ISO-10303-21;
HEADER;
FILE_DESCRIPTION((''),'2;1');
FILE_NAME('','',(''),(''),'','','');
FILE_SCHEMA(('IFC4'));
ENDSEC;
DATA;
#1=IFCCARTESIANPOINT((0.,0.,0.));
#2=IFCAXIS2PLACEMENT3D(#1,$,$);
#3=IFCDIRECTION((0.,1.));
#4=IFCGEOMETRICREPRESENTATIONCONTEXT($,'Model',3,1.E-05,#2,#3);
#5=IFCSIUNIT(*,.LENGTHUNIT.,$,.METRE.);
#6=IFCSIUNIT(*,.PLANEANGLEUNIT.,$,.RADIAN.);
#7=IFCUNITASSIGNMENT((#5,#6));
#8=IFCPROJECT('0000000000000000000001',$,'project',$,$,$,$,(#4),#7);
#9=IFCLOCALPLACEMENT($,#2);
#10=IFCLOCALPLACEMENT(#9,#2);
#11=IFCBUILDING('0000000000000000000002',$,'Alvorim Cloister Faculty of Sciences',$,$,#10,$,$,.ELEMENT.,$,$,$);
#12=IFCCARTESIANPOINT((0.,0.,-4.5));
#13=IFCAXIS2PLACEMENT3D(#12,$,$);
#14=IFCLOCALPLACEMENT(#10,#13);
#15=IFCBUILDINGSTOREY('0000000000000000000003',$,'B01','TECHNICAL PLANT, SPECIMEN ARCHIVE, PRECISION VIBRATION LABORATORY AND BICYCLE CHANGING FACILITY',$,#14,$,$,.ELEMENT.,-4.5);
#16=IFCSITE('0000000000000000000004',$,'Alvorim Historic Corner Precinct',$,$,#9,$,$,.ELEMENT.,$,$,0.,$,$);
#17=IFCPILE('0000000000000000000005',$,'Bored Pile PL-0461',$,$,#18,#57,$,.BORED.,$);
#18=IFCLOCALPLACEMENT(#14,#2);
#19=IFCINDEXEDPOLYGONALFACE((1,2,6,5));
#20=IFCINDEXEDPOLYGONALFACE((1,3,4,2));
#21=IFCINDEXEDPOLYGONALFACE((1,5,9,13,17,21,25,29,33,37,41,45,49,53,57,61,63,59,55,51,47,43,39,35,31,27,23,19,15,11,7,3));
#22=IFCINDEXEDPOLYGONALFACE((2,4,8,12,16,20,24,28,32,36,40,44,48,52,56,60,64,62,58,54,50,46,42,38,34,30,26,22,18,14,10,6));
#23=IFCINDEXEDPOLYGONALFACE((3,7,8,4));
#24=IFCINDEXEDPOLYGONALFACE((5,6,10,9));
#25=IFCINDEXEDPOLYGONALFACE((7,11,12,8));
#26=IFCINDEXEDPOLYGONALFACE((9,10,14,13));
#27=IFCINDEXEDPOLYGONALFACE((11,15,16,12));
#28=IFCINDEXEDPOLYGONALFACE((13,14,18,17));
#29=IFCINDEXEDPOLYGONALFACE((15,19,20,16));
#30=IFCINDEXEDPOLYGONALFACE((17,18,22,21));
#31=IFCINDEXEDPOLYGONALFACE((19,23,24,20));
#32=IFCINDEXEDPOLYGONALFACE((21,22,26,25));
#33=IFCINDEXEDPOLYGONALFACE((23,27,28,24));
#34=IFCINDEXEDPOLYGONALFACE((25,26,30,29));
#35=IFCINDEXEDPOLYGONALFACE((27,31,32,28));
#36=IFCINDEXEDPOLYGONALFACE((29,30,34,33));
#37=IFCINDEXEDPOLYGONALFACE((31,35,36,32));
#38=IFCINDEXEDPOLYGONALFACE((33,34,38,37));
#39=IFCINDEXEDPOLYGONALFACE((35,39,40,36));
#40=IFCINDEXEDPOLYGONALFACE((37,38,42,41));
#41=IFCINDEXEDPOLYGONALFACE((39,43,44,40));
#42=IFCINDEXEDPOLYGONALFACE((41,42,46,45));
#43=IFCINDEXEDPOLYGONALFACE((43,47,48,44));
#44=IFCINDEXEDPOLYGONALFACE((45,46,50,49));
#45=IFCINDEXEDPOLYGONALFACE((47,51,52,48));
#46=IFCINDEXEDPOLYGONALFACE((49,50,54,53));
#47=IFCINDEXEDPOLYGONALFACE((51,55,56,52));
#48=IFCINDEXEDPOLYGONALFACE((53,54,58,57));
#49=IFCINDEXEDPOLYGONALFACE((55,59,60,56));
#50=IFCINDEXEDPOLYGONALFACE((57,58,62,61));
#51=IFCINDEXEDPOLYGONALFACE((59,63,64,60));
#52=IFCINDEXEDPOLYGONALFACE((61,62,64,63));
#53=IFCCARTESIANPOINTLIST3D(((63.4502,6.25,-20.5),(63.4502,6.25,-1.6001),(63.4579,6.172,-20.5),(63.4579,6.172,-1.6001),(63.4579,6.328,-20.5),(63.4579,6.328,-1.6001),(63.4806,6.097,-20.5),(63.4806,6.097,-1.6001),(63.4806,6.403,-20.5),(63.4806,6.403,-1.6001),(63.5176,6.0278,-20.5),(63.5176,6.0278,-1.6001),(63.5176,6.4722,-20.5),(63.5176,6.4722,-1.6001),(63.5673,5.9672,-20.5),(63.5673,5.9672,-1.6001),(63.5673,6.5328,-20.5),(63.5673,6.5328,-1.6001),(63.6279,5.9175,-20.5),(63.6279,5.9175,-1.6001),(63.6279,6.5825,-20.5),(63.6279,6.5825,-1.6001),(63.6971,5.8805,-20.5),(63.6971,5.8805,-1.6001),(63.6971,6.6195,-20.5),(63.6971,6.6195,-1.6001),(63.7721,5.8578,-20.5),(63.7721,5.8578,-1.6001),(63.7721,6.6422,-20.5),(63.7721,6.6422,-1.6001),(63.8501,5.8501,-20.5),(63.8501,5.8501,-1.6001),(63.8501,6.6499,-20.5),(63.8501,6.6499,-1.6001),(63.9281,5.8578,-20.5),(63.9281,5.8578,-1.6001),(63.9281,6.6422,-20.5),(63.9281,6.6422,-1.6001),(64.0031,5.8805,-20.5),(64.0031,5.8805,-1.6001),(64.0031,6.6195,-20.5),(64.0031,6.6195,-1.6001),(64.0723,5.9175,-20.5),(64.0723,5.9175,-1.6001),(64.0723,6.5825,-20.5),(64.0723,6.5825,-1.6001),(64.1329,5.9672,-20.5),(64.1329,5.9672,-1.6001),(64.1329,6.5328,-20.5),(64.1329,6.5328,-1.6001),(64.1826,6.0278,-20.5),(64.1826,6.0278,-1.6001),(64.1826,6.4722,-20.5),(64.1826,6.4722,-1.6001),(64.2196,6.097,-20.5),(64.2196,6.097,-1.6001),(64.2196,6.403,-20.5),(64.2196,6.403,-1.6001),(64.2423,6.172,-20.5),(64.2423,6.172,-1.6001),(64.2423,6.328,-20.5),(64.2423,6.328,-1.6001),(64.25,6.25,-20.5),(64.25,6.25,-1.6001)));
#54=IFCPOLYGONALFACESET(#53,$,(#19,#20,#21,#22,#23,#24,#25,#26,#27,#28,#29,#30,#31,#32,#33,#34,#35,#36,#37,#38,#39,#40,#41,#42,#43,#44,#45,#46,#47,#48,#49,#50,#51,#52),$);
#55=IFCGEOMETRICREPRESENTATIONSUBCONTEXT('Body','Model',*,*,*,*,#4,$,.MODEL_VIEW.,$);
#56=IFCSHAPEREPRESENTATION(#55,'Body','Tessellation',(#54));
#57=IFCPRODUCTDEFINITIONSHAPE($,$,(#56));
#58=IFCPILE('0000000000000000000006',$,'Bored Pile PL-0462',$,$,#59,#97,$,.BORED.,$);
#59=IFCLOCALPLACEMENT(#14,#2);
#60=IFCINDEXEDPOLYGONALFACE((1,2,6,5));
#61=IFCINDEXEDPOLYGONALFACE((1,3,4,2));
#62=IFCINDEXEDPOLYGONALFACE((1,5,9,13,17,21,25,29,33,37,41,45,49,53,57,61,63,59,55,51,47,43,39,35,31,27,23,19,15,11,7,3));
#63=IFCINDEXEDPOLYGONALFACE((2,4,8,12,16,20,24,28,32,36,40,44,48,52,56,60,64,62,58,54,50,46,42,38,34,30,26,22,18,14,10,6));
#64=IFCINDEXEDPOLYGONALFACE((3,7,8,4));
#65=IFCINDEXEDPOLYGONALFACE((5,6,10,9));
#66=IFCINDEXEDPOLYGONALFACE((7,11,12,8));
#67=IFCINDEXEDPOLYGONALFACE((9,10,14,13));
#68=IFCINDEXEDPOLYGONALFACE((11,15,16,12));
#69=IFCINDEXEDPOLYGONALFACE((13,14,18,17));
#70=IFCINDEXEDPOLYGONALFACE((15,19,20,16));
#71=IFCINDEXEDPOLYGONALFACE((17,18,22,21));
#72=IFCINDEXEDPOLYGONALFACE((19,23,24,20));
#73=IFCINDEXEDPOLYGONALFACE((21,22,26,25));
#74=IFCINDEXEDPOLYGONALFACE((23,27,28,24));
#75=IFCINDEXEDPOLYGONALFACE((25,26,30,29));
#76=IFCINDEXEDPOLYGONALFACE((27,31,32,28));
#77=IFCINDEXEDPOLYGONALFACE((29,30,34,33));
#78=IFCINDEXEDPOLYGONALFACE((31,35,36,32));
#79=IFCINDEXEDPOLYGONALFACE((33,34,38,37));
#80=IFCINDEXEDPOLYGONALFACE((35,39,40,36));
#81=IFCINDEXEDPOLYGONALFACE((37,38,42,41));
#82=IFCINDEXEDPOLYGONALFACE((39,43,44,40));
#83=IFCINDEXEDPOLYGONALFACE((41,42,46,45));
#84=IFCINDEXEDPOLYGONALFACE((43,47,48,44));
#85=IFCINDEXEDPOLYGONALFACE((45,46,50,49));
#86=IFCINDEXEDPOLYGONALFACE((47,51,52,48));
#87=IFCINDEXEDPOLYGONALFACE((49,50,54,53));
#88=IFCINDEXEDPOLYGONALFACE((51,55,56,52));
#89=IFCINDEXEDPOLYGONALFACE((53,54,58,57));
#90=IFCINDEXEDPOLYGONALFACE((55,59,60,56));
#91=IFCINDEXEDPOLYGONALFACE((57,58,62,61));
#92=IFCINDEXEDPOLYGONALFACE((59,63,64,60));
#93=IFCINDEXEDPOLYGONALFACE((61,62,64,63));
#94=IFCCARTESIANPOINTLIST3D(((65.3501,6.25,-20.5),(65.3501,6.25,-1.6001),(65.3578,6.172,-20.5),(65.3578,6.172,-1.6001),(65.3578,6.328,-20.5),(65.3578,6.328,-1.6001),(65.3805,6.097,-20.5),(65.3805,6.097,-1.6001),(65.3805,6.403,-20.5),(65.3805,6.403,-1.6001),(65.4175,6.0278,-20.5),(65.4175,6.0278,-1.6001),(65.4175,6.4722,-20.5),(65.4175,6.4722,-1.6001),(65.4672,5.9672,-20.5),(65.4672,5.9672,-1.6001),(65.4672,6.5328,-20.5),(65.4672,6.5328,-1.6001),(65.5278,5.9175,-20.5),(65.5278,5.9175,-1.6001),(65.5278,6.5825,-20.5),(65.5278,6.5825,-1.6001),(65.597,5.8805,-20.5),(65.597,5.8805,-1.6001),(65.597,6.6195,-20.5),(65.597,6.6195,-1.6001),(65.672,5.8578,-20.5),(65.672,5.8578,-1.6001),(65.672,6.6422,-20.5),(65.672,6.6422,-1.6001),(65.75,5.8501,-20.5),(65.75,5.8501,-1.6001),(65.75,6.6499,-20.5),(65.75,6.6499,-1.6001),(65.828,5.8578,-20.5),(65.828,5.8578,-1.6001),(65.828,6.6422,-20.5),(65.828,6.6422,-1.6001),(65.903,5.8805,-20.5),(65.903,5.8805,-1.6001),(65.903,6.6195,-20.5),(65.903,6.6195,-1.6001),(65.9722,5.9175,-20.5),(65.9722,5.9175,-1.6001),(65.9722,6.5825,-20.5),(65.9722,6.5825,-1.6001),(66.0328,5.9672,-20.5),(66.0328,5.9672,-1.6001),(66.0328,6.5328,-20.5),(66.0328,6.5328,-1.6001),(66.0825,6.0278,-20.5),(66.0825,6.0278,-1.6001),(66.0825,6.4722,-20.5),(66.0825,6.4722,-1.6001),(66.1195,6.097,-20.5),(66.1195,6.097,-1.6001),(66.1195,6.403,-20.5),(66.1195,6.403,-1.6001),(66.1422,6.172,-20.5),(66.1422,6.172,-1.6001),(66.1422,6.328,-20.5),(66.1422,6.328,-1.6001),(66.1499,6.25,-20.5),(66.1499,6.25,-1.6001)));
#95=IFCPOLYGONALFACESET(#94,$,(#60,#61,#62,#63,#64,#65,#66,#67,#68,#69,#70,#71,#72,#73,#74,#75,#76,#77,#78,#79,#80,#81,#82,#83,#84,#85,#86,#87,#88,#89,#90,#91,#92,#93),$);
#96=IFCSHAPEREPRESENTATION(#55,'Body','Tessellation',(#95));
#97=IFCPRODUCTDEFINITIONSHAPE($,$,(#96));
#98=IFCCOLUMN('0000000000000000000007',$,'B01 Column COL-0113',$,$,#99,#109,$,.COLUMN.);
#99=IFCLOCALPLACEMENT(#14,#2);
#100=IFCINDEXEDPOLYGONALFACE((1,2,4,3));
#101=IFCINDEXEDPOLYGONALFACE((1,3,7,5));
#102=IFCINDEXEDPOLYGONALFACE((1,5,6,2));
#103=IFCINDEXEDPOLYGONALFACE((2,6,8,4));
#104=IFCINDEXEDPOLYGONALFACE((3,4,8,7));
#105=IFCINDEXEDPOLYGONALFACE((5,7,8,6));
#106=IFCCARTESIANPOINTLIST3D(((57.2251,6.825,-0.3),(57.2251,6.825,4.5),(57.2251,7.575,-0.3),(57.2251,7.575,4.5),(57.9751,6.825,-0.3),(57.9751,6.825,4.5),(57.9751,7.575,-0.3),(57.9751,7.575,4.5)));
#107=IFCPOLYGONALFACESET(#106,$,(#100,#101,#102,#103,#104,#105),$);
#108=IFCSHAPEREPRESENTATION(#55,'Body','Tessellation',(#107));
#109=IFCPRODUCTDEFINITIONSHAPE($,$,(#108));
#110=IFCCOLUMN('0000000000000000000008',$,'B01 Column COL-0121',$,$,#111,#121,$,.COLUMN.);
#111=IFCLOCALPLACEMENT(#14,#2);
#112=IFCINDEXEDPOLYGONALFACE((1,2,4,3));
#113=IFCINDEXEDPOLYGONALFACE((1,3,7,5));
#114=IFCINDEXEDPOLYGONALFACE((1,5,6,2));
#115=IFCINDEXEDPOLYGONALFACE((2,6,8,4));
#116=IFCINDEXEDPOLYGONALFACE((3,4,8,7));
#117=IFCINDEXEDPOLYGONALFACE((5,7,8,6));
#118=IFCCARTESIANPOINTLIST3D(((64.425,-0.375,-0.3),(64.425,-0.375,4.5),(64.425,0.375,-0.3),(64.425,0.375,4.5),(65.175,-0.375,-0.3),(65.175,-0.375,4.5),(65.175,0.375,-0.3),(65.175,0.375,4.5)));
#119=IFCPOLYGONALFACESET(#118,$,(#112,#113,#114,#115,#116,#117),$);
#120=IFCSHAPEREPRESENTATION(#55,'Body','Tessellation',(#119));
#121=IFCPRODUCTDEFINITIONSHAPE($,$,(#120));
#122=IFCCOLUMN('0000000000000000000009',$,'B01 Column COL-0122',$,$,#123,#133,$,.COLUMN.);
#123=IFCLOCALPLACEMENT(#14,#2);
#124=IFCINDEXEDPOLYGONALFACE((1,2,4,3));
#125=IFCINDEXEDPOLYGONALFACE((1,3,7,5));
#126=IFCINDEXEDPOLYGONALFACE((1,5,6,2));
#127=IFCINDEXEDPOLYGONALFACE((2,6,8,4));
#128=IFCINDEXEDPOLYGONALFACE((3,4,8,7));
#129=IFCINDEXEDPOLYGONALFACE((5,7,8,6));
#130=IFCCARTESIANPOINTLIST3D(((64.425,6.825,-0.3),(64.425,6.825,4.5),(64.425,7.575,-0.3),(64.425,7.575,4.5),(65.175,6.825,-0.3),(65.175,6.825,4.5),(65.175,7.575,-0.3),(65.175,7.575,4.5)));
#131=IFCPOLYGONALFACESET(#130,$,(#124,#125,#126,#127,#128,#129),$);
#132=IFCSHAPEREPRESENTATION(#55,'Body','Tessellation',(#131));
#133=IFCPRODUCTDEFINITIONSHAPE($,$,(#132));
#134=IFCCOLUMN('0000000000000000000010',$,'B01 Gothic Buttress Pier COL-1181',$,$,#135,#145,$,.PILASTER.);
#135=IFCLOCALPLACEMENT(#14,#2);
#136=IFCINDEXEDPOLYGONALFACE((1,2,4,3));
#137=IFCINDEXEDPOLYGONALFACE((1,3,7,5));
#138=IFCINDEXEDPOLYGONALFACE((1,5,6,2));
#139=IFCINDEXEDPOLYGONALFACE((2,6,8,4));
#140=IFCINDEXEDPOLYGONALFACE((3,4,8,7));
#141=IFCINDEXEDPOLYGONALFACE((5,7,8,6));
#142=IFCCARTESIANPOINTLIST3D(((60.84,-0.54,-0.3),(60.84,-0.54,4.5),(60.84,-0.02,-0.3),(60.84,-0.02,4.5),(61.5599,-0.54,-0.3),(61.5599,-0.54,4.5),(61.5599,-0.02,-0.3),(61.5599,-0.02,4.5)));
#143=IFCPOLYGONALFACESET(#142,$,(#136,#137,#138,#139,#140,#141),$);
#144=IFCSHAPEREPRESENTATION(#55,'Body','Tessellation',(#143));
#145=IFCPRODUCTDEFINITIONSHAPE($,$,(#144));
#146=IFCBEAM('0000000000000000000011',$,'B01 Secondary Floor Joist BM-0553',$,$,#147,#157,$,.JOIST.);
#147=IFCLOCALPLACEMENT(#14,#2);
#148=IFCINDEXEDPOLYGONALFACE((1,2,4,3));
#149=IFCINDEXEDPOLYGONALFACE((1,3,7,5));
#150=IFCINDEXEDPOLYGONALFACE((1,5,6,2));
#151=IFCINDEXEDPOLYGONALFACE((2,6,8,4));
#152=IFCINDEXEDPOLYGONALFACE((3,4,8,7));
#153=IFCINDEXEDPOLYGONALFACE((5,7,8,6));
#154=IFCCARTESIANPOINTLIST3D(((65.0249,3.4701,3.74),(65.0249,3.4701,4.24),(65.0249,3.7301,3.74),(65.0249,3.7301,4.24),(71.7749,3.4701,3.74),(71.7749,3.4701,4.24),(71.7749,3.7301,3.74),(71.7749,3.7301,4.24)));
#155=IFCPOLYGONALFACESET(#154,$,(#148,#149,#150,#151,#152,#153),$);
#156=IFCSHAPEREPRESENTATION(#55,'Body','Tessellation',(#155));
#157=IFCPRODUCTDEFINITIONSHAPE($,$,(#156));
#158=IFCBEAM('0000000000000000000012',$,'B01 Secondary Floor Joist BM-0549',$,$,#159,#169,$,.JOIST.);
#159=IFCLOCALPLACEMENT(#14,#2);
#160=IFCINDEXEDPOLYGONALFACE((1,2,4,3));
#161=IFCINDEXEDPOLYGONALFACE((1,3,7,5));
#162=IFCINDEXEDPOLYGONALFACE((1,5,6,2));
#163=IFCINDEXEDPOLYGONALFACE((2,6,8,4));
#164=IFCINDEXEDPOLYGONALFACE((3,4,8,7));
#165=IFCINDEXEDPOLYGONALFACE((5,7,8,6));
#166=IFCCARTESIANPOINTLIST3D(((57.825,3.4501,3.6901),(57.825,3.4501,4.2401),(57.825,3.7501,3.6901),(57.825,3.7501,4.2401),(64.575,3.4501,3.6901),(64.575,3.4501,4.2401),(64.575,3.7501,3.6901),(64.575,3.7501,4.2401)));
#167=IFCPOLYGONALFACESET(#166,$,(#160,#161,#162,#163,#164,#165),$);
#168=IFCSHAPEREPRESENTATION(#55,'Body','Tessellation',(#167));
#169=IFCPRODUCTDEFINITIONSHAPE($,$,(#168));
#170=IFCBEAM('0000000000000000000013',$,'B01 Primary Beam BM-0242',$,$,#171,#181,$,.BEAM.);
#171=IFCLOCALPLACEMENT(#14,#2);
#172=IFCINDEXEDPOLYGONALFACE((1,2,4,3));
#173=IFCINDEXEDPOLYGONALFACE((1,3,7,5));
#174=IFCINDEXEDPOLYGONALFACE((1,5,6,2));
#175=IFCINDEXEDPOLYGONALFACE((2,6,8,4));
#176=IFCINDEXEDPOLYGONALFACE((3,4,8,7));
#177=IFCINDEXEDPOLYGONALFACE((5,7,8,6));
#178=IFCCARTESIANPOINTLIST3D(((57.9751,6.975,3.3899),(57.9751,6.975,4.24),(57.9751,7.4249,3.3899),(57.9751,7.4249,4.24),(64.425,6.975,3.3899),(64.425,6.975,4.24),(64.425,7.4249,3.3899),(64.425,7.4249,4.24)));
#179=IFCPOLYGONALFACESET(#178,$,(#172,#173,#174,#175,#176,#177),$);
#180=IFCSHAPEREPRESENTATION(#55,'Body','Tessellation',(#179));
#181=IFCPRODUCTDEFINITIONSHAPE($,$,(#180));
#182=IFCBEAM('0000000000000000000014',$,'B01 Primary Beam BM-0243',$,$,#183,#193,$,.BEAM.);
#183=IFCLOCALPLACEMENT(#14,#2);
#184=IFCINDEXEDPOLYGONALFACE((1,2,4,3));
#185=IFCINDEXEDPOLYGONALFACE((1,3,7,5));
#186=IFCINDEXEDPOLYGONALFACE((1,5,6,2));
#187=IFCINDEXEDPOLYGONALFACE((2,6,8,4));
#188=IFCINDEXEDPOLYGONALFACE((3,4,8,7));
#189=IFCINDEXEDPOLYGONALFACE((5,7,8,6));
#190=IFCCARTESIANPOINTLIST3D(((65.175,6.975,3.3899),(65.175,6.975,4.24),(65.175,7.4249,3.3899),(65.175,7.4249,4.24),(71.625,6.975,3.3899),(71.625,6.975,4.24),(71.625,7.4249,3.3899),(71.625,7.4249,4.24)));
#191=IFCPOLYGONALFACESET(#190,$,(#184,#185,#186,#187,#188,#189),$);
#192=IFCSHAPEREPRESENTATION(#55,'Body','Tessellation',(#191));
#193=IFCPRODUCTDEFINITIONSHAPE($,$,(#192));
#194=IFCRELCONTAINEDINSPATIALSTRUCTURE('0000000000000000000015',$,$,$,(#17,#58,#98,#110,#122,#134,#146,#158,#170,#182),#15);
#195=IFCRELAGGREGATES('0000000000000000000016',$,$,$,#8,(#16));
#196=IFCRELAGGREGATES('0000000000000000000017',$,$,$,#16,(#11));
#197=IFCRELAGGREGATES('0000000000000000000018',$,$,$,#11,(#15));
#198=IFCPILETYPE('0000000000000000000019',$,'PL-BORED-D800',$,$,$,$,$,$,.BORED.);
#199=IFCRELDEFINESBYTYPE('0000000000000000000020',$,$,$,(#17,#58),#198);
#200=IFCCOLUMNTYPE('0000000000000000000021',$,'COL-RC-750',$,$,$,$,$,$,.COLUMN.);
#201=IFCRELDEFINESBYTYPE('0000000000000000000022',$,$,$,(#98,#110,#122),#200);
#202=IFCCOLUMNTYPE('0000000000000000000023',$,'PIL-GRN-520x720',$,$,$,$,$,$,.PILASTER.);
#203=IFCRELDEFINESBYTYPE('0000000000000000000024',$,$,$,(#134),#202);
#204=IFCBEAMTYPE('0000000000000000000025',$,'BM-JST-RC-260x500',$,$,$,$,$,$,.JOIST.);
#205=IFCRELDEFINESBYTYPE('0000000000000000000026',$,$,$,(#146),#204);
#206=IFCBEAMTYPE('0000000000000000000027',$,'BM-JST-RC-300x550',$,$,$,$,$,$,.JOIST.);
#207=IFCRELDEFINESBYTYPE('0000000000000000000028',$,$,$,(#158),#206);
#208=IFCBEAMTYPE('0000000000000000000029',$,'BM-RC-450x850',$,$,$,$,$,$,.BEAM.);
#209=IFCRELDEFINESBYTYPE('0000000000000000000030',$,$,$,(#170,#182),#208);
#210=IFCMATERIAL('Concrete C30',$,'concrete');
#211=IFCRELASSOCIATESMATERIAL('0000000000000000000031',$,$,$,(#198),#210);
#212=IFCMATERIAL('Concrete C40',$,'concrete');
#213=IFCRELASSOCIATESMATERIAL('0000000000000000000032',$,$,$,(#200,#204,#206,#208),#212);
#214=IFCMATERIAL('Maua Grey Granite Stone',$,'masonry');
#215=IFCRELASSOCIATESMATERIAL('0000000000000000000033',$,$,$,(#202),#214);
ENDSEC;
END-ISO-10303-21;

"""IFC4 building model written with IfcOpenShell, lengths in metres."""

from ifc_helpers import new_model, si_unit, direction, frame, origin, origin_2d, place, context, subcontext, project, spatial, rectangle, circle, extrude, material, material_profile, profile_set, type_object, element, save


model = new_model("IFC4")

# Units and contexts
model_context = context("Model", 3, precision=1e-05, world=origin(), true_north=direction((0.0, 1.0)))
body_context = subcontext(model_context, "Body", "Model", "MODEL_VIEW")
ifc_project = project(units=[si_unit("LENGTHUNIT", "METRE"), si_unit("PLANEANGLEUNIT", "RADIAN")], contexts=[model_context])

# Site, building, storey
site_placement = place(None, origin())
site = spatial("IfcSite", under=ifc_project, at=site_placement, Name="Alvorim Historic Corner Precinct", CompositionType="ELEMENT", RefElevation=0.0)
building_placement = place(site_placement, origin())
building = spatial("IfcBuilding", under=site, at=building_placement, Name="Alvorim Cloister Faculty of Sciences", CompositionType="ELEMENT")
storey_placement = place(building_placement, frame((0.0, 0.0, -4.5)))
storey = spatial("IfcBuildingStorey", under=building, at=storey_placement, Name="B01", Description="TECHNICAL PLANT, SPECIMEN ARCHIVE, PRECISION VIBRATION LABORATORY AND BICYCLE CHANGING FACILITY", CompositionType="ELEMENT", Elevation=-4.5)

# Shared definitions
ifc_material_1 = material(Name="Concrete C40", Category="concrete")

# Piles
ifc_material_2 = material(Name="Concrete C30", Category="concrete")
ifc_material_profile_1 = material_profile(ifc_material_2, circle(Radius=0.3999, at=origin_2d()), Name="PILE-D800")
ifc_profile_set_1 = profile_set([ifc_material_profile_1], Name="Concrete C30")
pile_type_1 = type_object("IfcPileType", Name="PL-BORED-D800", PredefinedType="BORED", material=ifc_profile_set_1)
for number, where, z_axis, x_axis, name in (
    (1, (63.8501, 6.25, -1.6001), (0.0, 0.0, -1.0), (1.0, 0.0, 0.0), "Bored Pile PL-0461"),
    (2, (65.75, 6.25, -1.6001), (0.0, 0.0, -1.0), (1.0, 0.0, 0.0), "Bored Pile PL-0462"),
):
    element("IfcPile", number, at=place(storey_placement, frame(where, z_axis=z_axis, x_axis=x_axis)), inside=storey, type_object=pile_type_1, Name=name, PredefinedType="BORED", context=body_context, shape_type="SweptSolid", body=[
        extrude(circle(Radius=0.3999, at=origin_2d()), origin(), (0.0, 0.0, 1.0), 18.8999),
    ])

# Columns
ifc_material_profile_2 = material_profile(ifc_material_1, rectangle(XDim=0.75, YDim=0.75, at=origin_2d()), Name="RC40-COL-750x750")
ifc_profile_set_2 = profile_set([ifc_material_profile_2], Name="Concrete C40")
column_type_1 = type_object("IfcColumnType", Name="COL-RC-750", PredefinedType="COLUMN", material=ifc_profile_set_2)
for number, where, z_axis, x_axis, name in (
    (3, (57.6001, 7.2, -0.3), (0.0, 0.0, 1.0), (1.0, 0.0, 0.0), "B01 Column COL-0113"),
    (4, (64.8, 0.0, -0.3), (0.0, 0.0, 1.0), (1.0, 0.0, 0.0), "B01 Column COL-0121"),
    (5, (64.8, 7.2, -0.3), (0.0, 0.0, 1.0), (1.0, 0.0, 0.0), "B01 Column COL-0122"),
):
    element("IfcColumn", number, at=place(storey_placement, frame(where, z_axis=z_axis, x_axis=x_axis)), inside=storey, type_object=column_type_1, Name=name, PredefinedType="COLUMN", context=body_context, shape_type="SweptSolid", body=[
        extrude(rectangle(XDim=0.75, YDim=0.75, at=origin_2d()), origin(), (0.0, 0.0, 1.0), 4.8),
    ])
ifc_material_3 = material(Name="Maua Grey Granite Stone", Category="masonry")
ifc_material_profile_3 = material_profile(ifc_material_3, rectangle(XDim=0.52, YDim=0.72, at=origin_2d()), Name="GRN-PIER-520x720")
ifc_profile_set_3 = profile_set([ifc_material_profile_3], Name="Maua Grey Granite Stone")
column_type_2 = type_object("IfcColumnType", Name="PIL-GRN-520x720", PredefinedType="PILASTER", material=ifc_profile_set_3)
column_placement = place(storey_placement, frame((61.2, -0.28, -0.3), z_axis=(0.0, 0.0, 1.0), x_axis=(0.0, 1.0, 0.0)))
element("IfcColumn", 6, at=column_placement, inside=storey, type_object=column_type_2, Name="B01 Gothic Buttress Pier COL-1181", PredefinedType="PILASTER", context=body_context, shape_type="SweptSolid", body=[
    extrude(rectangle(XDim=0.52, YDim=0.72, at=origin_2d()), origin(), (0.0, 0.0, 1.0), 4.8),
])

# Beams
ifc_material_profile_4 = material_profile(ifc_material_1, rectangle(XDim=0.26, YDim=0.5, at=origin_2d()), Name="RC40-JST-260x500")
ifc_profile_set_4 = profile_set([ifc_material_profile_4], Name="Concrete C40")
beam_type_1 = type_object("IfcBeamType", Name="BM-JST-RC-260x500", PredefinedType="JOIST", material=ifc_profile_set_4)
beam_1_placement = place(storey_placement, frame((65.0249, 3.6001, 3.99), z_axis=(1.0, 0.0, 0.0), x_axis=(0.0, 1.0, 0.0)))
element("IfcBeam", 7, at=beam_1_placement, inside=storey, type_object=beam_type_1, Name="B01 Secondary Floor Joist BM-0553", PredefinedType="JOIST", context=body_context, shape_type="SweptSolid", body=[
    extrude(rectangle(XDim=0.26, YDim=0.5, at=origin_2d()), origin(), (0.0, 0.0, 1.0), 6.75),
])
ifc_material_profile_5 = material_profile(ifc_material_1, rectangle(XDim=0.3, YDim=0.55, at=origin_2d()), Name="RC40-JST-300x550")
ifc_profile_set_5 = profile_set([ifc_material_profile_5], Name="Concrete C40")
beam_type_2 = type_object("IfcBeamType", Name="BM-JST-RC-300x550", PredefinedType="JOIST", material=ifc_profile_set_5)
beam_2_placement = place(storey_placement, frame((57.825, 3.6001, 3.9651), z_axis=(1.0, 0.0, 0.0), x_axis=(0.0, 1.0, 0.0)))
element("IfcBeam", 8, at=beam_2_placement, inside=storey, type_object=beam_type_2, Name="B01 Secondary Floor Joist BM-0549", PredefinedType="JOIST", context=body_context, shape_type="SweptSolid", body=[
    extrude(rectangle(XDim=0.3, YDim=0.55, at=origin_2d()), origin(), (0.0, 0.0, 1.0), 6.75),
])
ifc_material_profile_6 = material_profile(ifc_material_1, rectangle(XDim=0.45, YDim=0.8501, at=origin_2d()), Name="RC40-BM-450x850")
ifc_profile_set_6 = profile_set([ifc_material_profile_6], Name="Concrete C40")
beam_type_3 = type_object("IfcBeamType", Name="BM-RC-450x850", PredefinedType="BEAM", material=ifc_profile_set_6)
for number, where, z_axis, x_axis, name in (
    (9, (57.9751, 7.2, 3.8149), (1.0, 0.0, 0.0), (0.0, 1.0, 0.0), "B01 Primary Beam BM-0242"),
    (10, (65.175, 7.2, 3.8149), (1.0, 0.0, 0.0), (0.0, 1.0, 0.0), "B01 Primary Beam BM-0243"),
):
    element("IfcBeam", number, at=place(storey_placement, frame(where, z_axis=z_axis, x_axis=x_axis)), inside=storey, type_object=beam_type_3, Name=name, PredefinedType="BEAM", context=body_context, shape_type="SweptSolid", body=[
        extrude(rectangle(XDim=0.45, YDim=0.8501, at=origin_2d()), origin(), (0.0, 0.0, 1.0), 6.45),
    ])

save(model, "model.ifc")
